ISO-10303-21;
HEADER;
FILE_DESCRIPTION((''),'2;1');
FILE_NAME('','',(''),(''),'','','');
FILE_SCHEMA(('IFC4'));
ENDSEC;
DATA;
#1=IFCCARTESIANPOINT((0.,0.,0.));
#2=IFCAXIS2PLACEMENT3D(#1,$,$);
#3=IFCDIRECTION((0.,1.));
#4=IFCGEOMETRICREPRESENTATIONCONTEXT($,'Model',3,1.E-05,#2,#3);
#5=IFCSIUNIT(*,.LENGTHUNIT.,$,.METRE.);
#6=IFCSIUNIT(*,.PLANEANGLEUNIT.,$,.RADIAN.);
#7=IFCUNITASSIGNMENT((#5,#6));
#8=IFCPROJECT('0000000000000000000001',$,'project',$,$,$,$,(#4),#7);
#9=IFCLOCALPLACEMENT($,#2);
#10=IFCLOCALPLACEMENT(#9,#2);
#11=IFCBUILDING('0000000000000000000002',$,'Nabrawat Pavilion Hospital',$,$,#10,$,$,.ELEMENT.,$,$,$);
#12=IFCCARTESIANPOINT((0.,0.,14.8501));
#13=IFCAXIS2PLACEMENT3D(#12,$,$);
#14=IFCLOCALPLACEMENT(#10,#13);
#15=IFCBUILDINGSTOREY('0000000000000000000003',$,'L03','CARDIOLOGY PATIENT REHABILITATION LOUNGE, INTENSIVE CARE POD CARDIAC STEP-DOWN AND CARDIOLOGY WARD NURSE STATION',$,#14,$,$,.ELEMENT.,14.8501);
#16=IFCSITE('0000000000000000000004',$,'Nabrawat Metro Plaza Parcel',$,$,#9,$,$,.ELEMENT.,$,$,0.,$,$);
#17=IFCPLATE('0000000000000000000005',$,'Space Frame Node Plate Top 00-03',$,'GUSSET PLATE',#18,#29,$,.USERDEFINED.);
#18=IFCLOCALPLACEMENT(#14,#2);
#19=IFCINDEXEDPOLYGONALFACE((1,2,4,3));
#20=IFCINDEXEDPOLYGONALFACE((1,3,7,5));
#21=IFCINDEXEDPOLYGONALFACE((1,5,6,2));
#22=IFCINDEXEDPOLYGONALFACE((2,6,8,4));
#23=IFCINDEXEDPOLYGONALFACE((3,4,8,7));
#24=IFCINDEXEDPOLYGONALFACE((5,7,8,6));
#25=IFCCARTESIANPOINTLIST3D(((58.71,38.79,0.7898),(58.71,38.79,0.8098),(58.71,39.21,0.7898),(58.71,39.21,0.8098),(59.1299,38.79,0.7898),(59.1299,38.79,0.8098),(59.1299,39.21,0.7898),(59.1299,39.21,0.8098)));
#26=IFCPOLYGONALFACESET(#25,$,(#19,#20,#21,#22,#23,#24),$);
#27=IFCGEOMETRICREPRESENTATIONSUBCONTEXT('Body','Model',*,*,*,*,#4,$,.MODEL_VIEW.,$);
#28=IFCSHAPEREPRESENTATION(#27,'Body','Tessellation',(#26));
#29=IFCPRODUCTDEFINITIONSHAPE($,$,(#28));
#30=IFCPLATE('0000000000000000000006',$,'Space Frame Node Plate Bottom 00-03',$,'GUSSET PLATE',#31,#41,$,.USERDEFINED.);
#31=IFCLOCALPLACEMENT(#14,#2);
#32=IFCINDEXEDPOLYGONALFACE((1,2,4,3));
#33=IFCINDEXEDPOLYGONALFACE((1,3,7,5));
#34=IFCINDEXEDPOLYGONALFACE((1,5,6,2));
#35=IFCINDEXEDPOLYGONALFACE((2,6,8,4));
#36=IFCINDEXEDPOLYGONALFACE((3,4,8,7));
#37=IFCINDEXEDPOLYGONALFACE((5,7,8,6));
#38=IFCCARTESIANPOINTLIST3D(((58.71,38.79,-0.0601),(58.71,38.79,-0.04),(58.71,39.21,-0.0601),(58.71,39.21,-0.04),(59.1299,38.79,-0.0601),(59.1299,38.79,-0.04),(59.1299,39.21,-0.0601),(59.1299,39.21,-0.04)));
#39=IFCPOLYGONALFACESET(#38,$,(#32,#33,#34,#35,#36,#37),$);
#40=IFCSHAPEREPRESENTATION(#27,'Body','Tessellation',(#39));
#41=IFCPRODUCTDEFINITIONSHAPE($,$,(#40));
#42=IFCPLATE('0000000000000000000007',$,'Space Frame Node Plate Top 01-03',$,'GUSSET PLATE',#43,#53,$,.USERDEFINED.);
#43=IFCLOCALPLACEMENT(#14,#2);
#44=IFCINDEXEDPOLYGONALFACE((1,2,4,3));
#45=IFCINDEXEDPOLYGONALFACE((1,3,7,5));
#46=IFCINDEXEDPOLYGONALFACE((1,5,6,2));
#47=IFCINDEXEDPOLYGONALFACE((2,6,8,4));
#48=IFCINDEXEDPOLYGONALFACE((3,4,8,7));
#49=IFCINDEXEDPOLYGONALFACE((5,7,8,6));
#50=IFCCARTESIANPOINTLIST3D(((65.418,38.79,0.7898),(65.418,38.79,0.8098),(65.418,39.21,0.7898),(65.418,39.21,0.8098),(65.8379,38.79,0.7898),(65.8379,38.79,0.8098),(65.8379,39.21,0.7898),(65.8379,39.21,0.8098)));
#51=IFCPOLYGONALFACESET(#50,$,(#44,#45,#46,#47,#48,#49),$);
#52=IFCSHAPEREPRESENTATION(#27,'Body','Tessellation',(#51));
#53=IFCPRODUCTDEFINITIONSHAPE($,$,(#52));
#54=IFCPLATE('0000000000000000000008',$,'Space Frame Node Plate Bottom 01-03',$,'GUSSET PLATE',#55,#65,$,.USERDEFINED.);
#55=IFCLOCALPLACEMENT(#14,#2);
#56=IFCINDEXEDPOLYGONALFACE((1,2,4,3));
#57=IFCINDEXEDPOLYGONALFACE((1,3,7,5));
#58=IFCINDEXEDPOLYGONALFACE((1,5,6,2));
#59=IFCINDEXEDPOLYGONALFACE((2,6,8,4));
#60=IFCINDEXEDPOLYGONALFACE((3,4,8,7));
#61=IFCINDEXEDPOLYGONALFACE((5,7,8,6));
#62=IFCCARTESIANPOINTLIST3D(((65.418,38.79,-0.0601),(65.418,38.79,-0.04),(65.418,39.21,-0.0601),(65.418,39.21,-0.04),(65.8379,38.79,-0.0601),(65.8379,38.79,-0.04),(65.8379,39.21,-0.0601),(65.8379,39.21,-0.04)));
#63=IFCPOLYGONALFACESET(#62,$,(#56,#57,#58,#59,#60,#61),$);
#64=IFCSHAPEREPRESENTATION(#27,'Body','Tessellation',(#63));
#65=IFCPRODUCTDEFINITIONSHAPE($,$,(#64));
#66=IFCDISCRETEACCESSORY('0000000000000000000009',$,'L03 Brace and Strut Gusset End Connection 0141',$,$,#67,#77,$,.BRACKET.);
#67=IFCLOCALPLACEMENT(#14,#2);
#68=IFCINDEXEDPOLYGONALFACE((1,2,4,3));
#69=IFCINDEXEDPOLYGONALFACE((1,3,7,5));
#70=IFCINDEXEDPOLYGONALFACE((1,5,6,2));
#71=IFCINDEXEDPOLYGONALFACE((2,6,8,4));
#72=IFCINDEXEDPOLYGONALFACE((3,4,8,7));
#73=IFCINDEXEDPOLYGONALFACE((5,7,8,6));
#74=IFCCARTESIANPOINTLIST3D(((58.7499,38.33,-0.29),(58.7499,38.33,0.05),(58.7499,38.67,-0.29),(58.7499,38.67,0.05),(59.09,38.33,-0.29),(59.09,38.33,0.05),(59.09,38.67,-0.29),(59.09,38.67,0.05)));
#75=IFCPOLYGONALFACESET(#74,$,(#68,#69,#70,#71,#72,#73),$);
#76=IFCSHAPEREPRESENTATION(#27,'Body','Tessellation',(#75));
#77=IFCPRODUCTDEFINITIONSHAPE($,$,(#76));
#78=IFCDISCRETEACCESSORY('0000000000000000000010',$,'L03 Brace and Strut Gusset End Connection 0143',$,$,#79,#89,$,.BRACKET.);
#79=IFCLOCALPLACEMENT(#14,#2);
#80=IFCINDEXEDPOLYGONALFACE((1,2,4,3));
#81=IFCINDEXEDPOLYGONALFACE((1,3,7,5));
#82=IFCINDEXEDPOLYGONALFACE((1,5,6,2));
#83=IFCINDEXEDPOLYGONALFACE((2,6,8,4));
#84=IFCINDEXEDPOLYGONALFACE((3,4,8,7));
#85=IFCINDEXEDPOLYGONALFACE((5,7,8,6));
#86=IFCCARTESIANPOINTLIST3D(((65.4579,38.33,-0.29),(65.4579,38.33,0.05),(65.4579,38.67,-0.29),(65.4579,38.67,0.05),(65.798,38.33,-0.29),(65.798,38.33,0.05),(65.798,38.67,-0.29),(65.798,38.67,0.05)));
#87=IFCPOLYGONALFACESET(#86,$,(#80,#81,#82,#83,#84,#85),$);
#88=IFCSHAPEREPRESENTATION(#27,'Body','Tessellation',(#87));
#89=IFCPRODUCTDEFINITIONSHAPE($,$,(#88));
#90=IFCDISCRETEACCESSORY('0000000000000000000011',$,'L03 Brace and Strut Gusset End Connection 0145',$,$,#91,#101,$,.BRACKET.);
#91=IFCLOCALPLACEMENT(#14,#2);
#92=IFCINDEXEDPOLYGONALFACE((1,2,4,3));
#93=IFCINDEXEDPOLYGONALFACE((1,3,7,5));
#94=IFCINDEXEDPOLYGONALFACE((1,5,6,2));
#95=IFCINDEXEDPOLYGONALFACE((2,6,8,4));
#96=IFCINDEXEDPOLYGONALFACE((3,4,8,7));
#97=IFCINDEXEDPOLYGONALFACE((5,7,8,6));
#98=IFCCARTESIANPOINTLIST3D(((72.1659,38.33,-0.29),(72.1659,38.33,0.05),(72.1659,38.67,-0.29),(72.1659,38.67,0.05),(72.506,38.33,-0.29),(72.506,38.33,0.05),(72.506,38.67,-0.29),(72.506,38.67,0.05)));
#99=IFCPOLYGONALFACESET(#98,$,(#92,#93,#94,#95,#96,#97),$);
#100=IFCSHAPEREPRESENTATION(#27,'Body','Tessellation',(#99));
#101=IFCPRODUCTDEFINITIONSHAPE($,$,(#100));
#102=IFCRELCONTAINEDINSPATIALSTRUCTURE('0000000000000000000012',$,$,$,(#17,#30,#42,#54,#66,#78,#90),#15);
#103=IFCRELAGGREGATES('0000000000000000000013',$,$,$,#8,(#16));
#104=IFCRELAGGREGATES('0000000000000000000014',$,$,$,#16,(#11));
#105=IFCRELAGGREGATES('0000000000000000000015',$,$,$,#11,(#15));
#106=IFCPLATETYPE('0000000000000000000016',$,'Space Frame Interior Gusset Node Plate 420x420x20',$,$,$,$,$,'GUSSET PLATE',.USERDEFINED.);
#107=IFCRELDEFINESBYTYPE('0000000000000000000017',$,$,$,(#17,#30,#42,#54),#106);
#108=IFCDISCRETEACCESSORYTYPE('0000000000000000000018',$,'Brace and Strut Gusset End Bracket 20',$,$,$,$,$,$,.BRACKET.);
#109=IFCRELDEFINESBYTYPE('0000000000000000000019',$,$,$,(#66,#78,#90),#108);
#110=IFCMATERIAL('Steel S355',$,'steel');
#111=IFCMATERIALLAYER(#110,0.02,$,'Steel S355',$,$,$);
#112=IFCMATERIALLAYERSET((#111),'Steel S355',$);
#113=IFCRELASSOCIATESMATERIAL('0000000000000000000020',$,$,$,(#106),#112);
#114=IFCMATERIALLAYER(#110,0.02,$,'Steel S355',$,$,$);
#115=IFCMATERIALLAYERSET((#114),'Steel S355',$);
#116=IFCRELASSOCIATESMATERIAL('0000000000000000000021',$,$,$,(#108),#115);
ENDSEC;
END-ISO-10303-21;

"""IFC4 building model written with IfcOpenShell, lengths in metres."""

from ifc_helpers import new_model, si_unit, direction, frame, origin, origin_2d, place, context, subcontext, project, spatial, rectangle, extrude, material, layer, layer_set, type_object, element, save


model = new_model("IFC4")

# Units and contexts
model_context = context("Model", 3, precision=1e-05, world=origin(), true_north=direction((0.0, 1.0)))
body_context = subcontext(model_context, "Body", "Model", "MODEL_VIEW")
ifc_project = project(units=[si_unit("LENGTHUNIT", "METRE"), si_unit("PLANEANGLEUNIT", "RADIAN")], contexts=[model_context])

# Site, building, storey
site_placement = place(None, origin())
site = spatial("IfcSite", under=ifc_project, at=site_placement, Name="Nabrawat Metro Plaza Parcel", CompositionType="ELEMENT", RefElevation=0.0)
building_placement = place(site_placement, origin())
building = spatial("IfcBuilding", under=site, at=building_placement, Name="Nabrawat Pavilion Hospital", CompositionType="ELEMENT")
storey_placement = place(building_placement, frame((0.0, 0.0, 14.8501)))
storey = spatial("IfcBuildingStorey", under=building, at=storey_placement, Name="L03", Description="CARDIOLOGY PATIENT REHABILITATION LOUNGE, INTENSIVE CARE POD CARDIAC STEP-DOWN AND CARDIOLOGY WARD NURSE STATION", CompositionType="ELEMENT", Elevation=14.8501)

# Shared definitions
ifc_material_1 = material(Name="Steel S355", Category="steel")

# Plates
ifc_layer_1 = layer(ifc_material_1, 0.02, Name="Steel S355")
ifc_layer_set_1 = layer_set([ifc_layer_1], Name="Steel S355")
plate_type = type_object("IfcPlateType", Name="Space Frame Interior Gusset Node Plate 420x420x20", ElementType="GUSSET PLATE", PredefinedType="USERDEFINED", material=ifc_layer_set_1)
for number, where, z_axis, x_axis, name in (
    (1, (58.9199, 39.0, 0.7898), (0.0, 0.0, 1.0), (1.0, 0.0, 0.0), "Space Frame Node Plate Top 00-03"),
    (2, (58.9199, 39.0, -0.0601), (0.0, 0.0, 1.0), (1.0, 0.0, 0.0), "Space Frame Node Plate Bottom 00-03"),
    (3, (65.6279, 39.0, 0.7898), (0.0, 0.0, 1.0), (1.0, 0.0, 0.0), "Space Frame Node Plate Top 01-03"),
    (4, (65.6279, 39.0, -0.0601), (0.0, 0.0, 1.0), (1.0, 0.0, 0.0), "Space Frame Node Plate Bottom 01-03"),
):
    element("IfcPlate", number, at=place(storey_placement, frame(where, z_axis=z_axis, x_axis=x_axis)), inside=storey, type_object=plate_type, Name=name, ObjectType="GUSSET PLATE", PredefinedType="USERDEFINED", context=body_context, shape_type="SweptSolid", body=[
        extrude(rectangle(XDim=0.4199, YDim=0.4199, at=origin_2d()), origin(), (0.0, 0.0, 1.0), 0.02),
    ])

# Discrete accessories
ifc_layer_2 = layer(ifc_material_1, 0.02, Name="Steel S355")
ifc_layer_set_2 = layer_set([ifc_layer_2], Name="Steel S355")
discrete_accessory_type = type_object("IfcDiscreteAccessoryType", Name="Brace and Strut Gusset End Bracket 20", PredefinedType="BRACKET", material=ifc_layer_set_2)
for number, where, z_axis, x_axis, name in (
    (5, (58.9199, 38.5, -0.29), (0.0, 0.0, 1.0), (1.0, 0.0, 0.0), "L03 Brace and Strut Gusset End Connection 0141"),
    (6, (65.6279, 38.5, -0.29), (0.0, 0.0, 1.0), (1.0, 0.0, 0.0), "L03 Brace and Strut Gusset End Connection 0143"),
    (7, (72.3359, 38.5, -0.29), (0.0, 0.0, 1.0), (1.0, 0.0, 0.0), "L03 Brace and Strut Gusset End Connection 0145"),
):
    element("IfcDiscreteAccessory", number, at=place(storey_placement, frame(where, z_axis=z_axis, x_axis=x_axis)), inside=storey, type_object=discrete_accessory_type, Name=name, PredefinedType="BRACKET", context=body_context, shape_type="SweptSolid", body=[
        extrude(rectangle(XDim=0.3401, YDim=0.3401, at=origin_2d()), origin(), (0.0, 0.0, 1.0), 0.3401),
    ])

save(model, "model.ifc")
